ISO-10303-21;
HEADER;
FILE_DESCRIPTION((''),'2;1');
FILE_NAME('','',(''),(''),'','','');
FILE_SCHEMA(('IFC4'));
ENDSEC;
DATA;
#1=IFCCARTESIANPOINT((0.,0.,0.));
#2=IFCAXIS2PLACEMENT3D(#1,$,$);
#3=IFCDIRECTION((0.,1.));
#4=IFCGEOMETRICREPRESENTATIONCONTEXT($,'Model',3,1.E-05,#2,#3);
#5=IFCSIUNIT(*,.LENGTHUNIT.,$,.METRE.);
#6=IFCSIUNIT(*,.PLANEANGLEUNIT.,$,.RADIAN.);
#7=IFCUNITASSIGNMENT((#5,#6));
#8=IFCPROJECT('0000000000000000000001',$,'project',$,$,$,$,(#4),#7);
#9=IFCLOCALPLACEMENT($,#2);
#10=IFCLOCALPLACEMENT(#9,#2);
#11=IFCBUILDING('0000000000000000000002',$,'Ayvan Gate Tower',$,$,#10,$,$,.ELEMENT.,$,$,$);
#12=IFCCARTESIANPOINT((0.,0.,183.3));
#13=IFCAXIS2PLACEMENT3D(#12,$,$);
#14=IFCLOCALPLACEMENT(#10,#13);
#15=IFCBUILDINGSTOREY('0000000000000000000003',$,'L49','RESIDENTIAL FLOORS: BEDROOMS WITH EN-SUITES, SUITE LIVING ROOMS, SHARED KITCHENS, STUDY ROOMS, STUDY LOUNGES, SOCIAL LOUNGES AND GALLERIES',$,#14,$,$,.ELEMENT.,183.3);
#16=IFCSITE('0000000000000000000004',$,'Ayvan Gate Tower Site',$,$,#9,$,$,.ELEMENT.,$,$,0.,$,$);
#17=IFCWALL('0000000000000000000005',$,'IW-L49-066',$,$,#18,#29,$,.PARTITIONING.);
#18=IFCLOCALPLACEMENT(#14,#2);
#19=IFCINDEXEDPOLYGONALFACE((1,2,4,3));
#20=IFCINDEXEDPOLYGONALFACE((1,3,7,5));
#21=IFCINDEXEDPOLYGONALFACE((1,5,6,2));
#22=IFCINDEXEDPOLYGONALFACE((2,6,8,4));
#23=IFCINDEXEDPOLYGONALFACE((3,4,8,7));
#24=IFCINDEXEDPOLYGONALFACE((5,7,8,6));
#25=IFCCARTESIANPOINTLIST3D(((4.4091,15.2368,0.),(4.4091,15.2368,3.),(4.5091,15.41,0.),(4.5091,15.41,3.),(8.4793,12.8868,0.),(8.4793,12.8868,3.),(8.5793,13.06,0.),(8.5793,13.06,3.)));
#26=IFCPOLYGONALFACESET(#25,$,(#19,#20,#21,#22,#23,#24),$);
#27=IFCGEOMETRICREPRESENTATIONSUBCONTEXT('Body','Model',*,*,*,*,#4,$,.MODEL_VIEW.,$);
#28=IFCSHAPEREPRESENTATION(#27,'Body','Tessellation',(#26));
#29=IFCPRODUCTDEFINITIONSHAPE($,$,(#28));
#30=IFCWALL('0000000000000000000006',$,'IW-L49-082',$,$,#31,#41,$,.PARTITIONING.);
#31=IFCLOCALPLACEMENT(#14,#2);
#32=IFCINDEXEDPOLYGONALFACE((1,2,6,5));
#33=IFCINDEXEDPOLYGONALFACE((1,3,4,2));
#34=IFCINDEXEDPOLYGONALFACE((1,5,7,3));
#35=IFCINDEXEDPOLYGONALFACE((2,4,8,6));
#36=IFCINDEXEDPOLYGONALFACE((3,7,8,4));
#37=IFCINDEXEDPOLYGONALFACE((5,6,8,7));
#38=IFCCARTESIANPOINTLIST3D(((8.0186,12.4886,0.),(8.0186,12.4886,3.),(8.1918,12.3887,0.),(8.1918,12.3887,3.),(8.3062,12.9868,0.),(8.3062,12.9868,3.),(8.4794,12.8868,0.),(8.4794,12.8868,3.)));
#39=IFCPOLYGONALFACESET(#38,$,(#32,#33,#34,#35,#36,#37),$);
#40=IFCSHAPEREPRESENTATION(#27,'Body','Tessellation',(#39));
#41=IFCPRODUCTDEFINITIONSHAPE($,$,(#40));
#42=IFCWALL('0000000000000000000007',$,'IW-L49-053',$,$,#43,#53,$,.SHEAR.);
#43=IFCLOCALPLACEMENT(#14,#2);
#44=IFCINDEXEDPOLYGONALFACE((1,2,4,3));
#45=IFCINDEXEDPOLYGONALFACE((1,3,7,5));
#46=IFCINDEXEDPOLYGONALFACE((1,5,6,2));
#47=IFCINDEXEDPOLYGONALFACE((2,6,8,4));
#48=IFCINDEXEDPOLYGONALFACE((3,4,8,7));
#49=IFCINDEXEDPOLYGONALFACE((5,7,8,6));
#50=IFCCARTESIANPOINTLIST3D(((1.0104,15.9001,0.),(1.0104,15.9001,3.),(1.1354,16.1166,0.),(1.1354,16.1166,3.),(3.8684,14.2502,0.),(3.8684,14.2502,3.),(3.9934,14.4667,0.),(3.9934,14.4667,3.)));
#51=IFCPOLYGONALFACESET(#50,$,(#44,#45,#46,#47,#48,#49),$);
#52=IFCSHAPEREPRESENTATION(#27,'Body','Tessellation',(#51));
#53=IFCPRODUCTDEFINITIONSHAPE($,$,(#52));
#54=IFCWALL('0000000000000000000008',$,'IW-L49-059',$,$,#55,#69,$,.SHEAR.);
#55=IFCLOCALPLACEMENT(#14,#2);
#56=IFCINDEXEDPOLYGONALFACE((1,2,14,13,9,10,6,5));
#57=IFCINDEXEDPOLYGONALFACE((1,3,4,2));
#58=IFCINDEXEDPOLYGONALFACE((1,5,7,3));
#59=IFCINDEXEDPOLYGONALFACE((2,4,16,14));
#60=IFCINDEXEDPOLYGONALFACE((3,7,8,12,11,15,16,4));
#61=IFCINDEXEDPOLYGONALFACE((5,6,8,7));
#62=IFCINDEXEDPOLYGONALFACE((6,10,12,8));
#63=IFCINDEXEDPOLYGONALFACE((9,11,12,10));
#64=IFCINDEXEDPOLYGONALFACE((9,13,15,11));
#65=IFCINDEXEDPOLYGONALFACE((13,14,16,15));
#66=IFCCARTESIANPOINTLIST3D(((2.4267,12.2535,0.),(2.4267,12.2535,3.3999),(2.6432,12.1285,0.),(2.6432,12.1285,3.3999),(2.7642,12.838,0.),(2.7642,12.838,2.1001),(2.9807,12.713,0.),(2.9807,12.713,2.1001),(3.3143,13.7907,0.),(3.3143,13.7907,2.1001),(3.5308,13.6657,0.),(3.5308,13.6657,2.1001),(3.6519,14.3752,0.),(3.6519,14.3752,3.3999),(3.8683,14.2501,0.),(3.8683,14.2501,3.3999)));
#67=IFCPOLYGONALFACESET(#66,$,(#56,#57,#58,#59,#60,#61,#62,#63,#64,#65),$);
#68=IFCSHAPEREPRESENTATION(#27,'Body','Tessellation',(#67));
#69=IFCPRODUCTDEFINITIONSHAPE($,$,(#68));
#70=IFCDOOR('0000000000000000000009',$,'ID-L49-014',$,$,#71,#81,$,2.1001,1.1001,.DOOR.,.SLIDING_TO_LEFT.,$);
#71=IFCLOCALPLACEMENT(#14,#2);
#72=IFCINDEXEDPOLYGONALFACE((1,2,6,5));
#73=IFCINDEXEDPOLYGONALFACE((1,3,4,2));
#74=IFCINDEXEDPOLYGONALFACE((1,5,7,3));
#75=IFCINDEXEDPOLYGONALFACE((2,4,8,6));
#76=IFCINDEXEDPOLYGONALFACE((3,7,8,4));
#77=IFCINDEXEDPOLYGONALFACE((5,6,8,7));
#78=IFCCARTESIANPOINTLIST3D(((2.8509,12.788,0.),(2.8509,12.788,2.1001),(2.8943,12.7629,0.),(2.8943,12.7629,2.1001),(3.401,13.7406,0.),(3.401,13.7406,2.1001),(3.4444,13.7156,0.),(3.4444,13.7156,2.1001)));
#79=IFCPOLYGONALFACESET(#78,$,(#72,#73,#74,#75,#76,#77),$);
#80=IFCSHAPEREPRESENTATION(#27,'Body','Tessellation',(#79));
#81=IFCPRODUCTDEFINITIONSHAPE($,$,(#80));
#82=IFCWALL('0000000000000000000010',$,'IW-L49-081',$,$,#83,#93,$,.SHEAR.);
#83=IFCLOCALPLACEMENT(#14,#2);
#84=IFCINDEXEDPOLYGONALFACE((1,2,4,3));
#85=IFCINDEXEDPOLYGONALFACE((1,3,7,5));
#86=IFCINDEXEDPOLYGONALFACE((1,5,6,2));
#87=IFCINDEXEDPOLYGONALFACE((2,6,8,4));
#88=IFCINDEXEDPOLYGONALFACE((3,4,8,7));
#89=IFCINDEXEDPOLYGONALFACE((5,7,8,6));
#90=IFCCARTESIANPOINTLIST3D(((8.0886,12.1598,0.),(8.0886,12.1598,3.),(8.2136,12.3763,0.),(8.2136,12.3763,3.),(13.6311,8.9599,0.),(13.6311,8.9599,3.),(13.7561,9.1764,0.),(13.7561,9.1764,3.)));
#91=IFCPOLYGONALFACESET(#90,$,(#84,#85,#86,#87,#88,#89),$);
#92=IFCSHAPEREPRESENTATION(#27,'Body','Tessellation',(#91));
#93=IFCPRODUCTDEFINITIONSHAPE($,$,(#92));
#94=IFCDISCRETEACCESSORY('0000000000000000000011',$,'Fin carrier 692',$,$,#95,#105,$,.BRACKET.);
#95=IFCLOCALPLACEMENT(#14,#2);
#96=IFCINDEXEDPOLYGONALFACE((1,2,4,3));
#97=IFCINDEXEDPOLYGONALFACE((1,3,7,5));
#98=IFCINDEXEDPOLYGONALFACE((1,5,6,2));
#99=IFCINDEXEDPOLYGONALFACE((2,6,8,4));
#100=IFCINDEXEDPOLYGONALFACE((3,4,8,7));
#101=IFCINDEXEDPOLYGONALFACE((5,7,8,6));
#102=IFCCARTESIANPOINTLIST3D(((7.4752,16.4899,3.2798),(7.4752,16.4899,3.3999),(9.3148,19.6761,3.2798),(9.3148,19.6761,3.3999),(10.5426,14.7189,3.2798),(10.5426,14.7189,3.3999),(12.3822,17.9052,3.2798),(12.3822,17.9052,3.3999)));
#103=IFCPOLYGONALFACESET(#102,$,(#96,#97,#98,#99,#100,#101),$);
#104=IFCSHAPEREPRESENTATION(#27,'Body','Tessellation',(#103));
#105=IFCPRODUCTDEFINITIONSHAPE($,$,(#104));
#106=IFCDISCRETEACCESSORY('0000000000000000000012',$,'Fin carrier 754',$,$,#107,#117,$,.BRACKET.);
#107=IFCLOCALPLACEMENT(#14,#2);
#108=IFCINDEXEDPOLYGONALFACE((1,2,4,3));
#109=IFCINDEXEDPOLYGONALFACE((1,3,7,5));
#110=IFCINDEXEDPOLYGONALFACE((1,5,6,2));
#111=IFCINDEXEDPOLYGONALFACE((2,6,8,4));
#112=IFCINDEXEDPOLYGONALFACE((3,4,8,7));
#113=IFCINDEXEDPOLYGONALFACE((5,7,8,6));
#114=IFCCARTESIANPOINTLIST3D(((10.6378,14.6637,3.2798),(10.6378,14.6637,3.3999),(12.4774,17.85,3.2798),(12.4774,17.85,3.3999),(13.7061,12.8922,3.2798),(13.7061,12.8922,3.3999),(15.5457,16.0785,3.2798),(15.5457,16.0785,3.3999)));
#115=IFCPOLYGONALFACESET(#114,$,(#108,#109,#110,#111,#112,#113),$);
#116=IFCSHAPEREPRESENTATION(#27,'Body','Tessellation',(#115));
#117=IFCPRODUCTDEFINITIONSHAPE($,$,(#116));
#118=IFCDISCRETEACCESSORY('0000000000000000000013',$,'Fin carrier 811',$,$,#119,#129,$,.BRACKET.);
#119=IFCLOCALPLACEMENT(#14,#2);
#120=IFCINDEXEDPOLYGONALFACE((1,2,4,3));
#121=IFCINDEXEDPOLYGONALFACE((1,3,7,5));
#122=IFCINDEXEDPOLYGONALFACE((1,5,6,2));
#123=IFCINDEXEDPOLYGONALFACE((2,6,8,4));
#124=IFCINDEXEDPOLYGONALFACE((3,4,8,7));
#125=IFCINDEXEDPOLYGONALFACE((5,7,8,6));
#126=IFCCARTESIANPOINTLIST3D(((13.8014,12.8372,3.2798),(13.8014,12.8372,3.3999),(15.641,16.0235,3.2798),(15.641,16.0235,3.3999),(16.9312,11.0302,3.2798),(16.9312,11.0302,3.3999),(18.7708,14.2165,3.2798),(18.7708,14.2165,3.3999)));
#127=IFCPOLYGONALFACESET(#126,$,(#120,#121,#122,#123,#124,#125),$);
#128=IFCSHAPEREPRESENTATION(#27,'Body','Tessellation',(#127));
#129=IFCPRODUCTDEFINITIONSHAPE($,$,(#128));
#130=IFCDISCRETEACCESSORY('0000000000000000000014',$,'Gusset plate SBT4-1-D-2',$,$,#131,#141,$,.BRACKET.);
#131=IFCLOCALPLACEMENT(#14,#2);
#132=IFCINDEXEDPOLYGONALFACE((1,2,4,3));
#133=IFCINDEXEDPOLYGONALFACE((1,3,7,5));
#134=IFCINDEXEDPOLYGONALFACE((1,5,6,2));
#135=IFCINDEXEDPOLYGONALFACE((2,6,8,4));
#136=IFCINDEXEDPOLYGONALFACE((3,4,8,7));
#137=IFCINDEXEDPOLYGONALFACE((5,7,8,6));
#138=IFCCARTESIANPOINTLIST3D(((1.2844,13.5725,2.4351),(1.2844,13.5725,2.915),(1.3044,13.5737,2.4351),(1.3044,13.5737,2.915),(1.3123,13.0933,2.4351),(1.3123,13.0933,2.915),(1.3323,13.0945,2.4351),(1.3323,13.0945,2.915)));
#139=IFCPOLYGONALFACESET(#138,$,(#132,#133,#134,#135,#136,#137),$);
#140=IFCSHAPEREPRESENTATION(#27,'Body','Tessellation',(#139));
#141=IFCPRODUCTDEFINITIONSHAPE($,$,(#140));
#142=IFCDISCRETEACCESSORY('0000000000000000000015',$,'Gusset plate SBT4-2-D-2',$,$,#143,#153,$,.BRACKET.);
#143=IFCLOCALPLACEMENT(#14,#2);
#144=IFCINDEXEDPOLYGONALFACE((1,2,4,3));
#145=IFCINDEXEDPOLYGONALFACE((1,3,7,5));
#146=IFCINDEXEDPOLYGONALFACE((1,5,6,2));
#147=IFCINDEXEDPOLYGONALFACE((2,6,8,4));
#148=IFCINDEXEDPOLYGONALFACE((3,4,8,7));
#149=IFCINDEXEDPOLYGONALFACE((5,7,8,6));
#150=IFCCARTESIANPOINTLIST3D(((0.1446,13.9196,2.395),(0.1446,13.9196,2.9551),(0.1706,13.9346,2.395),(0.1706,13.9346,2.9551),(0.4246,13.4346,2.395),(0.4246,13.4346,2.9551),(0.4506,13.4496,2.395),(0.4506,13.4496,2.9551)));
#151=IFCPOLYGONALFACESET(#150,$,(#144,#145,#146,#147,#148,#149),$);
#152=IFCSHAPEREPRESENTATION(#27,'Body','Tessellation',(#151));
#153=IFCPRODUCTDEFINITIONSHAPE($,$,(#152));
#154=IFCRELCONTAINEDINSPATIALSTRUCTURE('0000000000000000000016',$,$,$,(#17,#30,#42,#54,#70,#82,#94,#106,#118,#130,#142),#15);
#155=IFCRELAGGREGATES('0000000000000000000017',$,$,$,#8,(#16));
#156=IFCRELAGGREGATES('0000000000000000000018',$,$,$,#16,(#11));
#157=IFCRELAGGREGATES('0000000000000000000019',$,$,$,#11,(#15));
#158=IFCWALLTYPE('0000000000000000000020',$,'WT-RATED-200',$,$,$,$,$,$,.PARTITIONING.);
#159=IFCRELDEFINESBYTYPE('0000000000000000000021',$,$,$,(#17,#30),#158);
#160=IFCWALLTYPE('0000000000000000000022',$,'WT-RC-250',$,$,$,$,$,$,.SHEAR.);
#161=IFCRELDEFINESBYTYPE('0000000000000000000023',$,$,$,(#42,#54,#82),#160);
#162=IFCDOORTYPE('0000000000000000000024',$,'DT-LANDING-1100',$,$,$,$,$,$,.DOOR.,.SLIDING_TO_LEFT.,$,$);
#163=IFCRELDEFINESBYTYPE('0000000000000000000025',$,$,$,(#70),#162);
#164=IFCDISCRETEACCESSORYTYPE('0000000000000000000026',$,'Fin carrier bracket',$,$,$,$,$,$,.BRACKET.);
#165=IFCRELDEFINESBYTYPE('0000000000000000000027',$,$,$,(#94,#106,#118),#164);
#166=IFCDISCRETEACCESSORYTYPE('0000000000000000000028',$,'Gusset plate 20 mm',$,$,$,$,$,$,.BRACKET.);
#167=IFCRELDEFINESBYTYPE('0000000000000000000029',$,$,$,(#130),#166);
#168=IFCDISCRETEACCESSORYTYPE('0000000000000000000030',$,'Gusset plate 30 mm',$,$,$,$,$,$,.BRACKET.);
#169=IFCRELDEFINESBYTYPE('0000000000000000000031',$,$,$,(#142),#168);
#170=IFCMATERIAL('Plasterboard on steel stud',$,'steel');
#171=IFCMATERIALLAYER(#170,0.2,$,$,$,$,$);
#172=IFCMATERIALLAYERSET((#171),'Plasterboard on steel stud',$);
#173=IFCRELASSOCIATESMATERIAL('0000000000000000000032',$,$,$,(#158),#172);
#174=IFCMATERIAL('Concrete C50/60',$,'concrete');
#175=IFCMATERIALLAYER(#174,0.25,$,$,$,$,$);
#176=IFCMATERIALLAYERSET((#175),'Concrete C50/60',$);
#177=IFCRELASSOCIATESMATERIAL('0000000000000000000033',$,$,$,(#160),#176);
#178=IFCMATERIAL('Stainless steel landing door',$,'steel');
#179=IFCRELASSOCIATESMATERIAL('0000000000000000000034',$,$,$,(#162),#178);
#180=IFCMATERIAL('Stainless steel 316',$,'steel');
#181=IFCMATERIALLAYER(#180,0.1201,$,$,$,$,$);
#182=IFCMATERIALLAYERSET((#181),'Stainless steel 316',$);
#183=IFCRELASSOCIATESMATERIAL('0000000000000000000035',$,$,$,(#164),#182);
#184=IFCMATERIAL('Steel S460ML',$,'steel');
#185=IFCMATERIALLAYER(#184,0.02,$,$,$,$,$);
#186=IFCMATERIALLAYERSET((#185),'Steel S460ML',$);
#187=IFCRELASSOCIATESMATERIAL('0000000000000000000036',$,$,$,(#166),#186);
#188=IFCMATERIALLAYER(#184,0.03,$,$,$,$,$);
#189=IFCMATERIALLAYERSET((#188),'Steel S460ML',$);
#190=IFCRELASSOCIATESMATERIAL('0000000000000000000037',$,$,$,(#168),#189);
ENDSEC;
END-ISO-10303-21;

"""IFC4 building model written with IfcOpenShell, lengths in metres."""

from ifc_helpers import new_model, si_unit, direction, frame, frame_2d, origin, origin_2d, place, context, subcontext, project, spatial, rectangle, extrude, material, layer, layer_set, type_object, element, fill, save


model = new_model("IFC4")

# Units and contexts
model_context = context("Model", 3, precision=1e-05, world=origin(), true_north=direction((0.0, 1.0)))
body_context = subcontext(model_context, "Body", "Model", "MODEL_VIEW")
ifc_project = project(units=[si_unit("LENGTHUNIT", "METRE"), si_unit("PLANEANGLEUNIT", "RADIAN")], contexts=[model_context])

# Site, building, storey
site_placement = place(None, origin())
site = spatial("IfcSite", under=ifc_project, at=site_placement, Name="Ayvan Gate Tower Site", CompositionType="ELEMENT", RefElevation=0.0)
building_placement = place(site_placement, origin())
building = spatial("IfcBuilding", under=site, at=building_placement, Name="Ayvan Gate Tower", CompositionType="ELEMENT")
storey_placement = place(building_placement, frame((0.0, 0.0, 183.3)))
storey = spatial("IfcBuildingStorey", under=building, at=storey_placement, Name="L49", Description="RESIDENTIAL FLOORS: BEDROOMS WITH EN-SUITES, SUITE LIVING ROOMS, SHARED KITCHENS, STUDY ROOMS, STUDY LOUNGES, SOCIAL LOUNGES AND GALLERIES", CompositionType="ELEMENT", Elevation=183.3)

# Walls
ifc_material_1 = material(Name="Plasterboard on steel stud", Category="steel")
ifc_layer_1 = layer(ifc_material_1, 0.2)
ifc_layer_set_1 = layer_set([ifc_layer_1], Name="Plasterboard on steel stud")
wall_type_1 = type_object("IfcWallType", Name="WT-RATED-200", PredefinedType="PARTITIONING", material=ifc_layer_set_1)
wall_1_placement = place(storey_placement, frame((4.459, 15.3235, 0.0), z_axis=(0.0, 0.0, 1.0), x_axis=(0.866016, -0.500016, 0.0)))
element("IfcWall", 1, at=wall_1_placement, inside=storey, type_object=wall_type_1, Name="IW-L49-066", PredefinedType="PARTITIONING", context=body_context, shape_type="SweptSolid", body=[
    extrude(rectangle(XDim=4.7, YDim=0.2, at=frame_2d((2.3501, 0.0))), origin(), (0.0, 0.0, 1.0), 3.0),
])
wall_2_placement = place(storey_placement, frame((8.3928, 12.9368, 0.0), z_axis=(0.0, 0.0, 1.0), x_axis=(-0.500065, -0.865988, 0.0)))
element("IfcWall", 2, at=wall_2_placement, inside=storey, type_object=wall_type_1, Name="IW-L49-082", PredefinedType="PARTITIONING", context=body_context, shape_type="SweptSolid", body=[
    extrude(rectangle(XDim=0.5752, YDim=0.2, at=frame_2d((0.2876, 0.0))), origin(), (0.0, 0.0, 1.0), 3.0),
])
ifc_material_2 = material(Name="Concrete C50/60", Category="concrete")
ifc_layer_2 = layer(ifc_material_2, 0.25)
ifc_layer_set_2 = layer_set([ifc_layer_2], Name="Concrete C50/60")
wall_type_2 = type_object("IfcWallType", Name="WT-RC-250", PredefinedType="SHEAR", material=ifc_layer_set_2)
wall_3_placement = place(storey_placement, frame((1.073, 16.0083, 0.0), z_axis=(0.0, 0.0, 1.0), x_axis=(0.86604, -0.499974, 0.0)))
element("IfcWall", 3, at=wall_3_placement, inside=storey, type_object=wall_type_2, Name="IW-L49-053", PredefinedType="SHEAR", context=body_context, shape_type="SweptSolid", body=[
    extrude(rectangle(XDim=3.3, YDim=0.25, at=frame_2d((1.6499, 0.0))), origin(), (0.0, 0.0, 1.0), 3.0),
])

# Wall, opening, door
wall_4_placement = place(storey_placement, frame((2.5349, 12.1909, 0.0), z_axis=(0.0, 0.0, 1.0), x_axis=(0.500062, 0.86599, 0.0)))
wall_4 = element("IfcWall", 4, at=wall_4_placement, inside=storey, type_object=wall_type_2, Name="IW-L49-059", PredefinedType="SHEAR", context=body_context, shape_type="SweptSolid", body=[
    extrude(rectangle(XDim=2.45, YDim=0.25, at=frame_2d((1.2251, 0.0))), origin(), (0.0, 0.0, 1.0), 3.3999),
])
opening_placement = place(wall_4_placement, frame((0.675, 0.0, 0.0)))
opening = element("IfcOpeningElement", 5, at=opening_placement, cuts=wall_4, PredefinedType="OPENING", context=body_context, shape_type="SweptSolid", body=[
    extrude(rectangle(XDim=1.1001, YDim=2.1001, at=frame_2d((0.55, 1.05))), frame((0.0, 0.135, 0.0), z_axis=(0.0, -1.0, 0.0), x_axis=(1.0, 0.0, 0.0)), (0.0, 0.0, 1.0), 0.27),
])
ifc_material_3 = material(Name="Stainless steel landing door", Category="steel")
door_type = type_object("IfcDoorType", Name="DT-LANDING-1100", OperationType="SLIDING_TO_LEFT", PredefinedType="DOOR", material=ifc_material_3)
door_placement = place(opening_placement, origin())
door = element("IfcDoor", 6, at=door_placement, inside=storey, type_object=door_type, Name="ID-L49-014", OperationType="SLIDING_TO_LEFT", OverallHeight=2.1001, OverallWidth=1.1001, PredefinedType="DOOR", context=body_context, shape_type="SweptSolid", body=[
    extrude(rectangle(XDim=1.1001, YDim=2.1001, at=frame_2d((0.55, 1.05))), frame((0.0, 0.0249, 0.0), z_axis=(0.0, -1.0, 0.0), x_axis=(1.0, 0.0, 0.0)), (0.0, 0.0, 1.0), 0.05),
])
fill(opening, door)

# Wall
wall_5_placement = place(storey_placement, frame((8.1511, 12.2681, 0.0), z_axis=(0.0, 0.0, 1.0), x_axis=(0.866025, -0.5, 0.0)))
element("IfcWall", 7, at=wall_5_placement, inside=storey, type_object=wall_type_2, Name="IW-L49-081", PredefinedType="SHEAR", context=body_context, shape_type="SweptSolid", body=[
    extrude(rectangle(XDim=6.3999, YDim=0.25, at=frame_2d((3.2, 0.0))), origin(), (0.0, 0.0, 1.0), 3.0),
])

# Discrete accessories
ifc_material_4 = material(Name="Stainless steel 316", Category="steel")
ifc_layer_3 = layer(ifc_material_4, 0.1201)
ifc_layer_set_3 = layer_set([ifc_layer_3], Name="Stainless steel 316")
discrete_accessory_type_1 = type_object("IfcDiscreteAccessoryType", Name="Fin carrier bracket", PredefinedType="BRACKET", material=ifc_layer_set_3)
discrete_accessory_1_placement = place(storey_placement, frame((9.9287, 17.1975, 3.2798), z_axis=(0.0, 0.0, 1.0), x_axis=(-0.866025, 0.5, 0.0)))
element("IfcDiscreteAccessory", 8, at=discrete_accessory_1_placement, inside=storey, type_object=discrete_accessory_type_1, Name="Fin carrier 692", PredefinedType="BRACKET", context=body_context, shape_type="SweptSolid", body=[
    extrude(rectangle(XDim=3.542, YDim=3.6792, at=origin_2d()), origin(), (0.0, 0.0, 1.0), 0.1201),
])
discrete_accessory_2_placement = place(storey_placement, frame((13.0918, 15.3711, 3.2798), z_axis=(0.0, 0.0, 1.0), x_axis=(-0.866025, 0.5, 0.0)))
element("IfcDiscreteAccessory", 9, at=discrete_accessory_2_placement, inside=storey, type_object=discrete_accessory_type_1, Name="Fin carrier 754", PredefinedType="BRACKET", context=body_context, shape_type="SweptSolid", body=[
    extrude(rectangle(XDim=3.543, YDim=3.6792, at=origin_2d()), origin(), (0.0, 0.0, 1.0), 0.1201),
])
discrete_accessory_3_placement = place(storey_placement, frame((16.2861, 13.5269, 3.2798), z_axis=(0.0, 0.0, 1.0), x_axis=(-0.866025, 0.5, 0.0)))
element("IfcDiscreteAccessory", 10, at=discrete_accessory_3_placement, inside=storey, type_object=discrete_accessory_type_1, Name="Fin carrier 811", PredefinedType="BRACKET", context=body_context, shape_type="SweptSolid", body=[
    extrude(rectangle(XDim=3.614, YDim=3.6792, at=origin_2d()), origin(), (0.0, 0.0, 1.0), 0.1201),
])
ifc_material_5 = material(Name="Steel S460ML", Category="steel")
ifc_layer_4 = layer(ifc_material_5, 0.02)
ifc_layer_set_4 = layer_set([ifc_layer_4], Name="Steel S460ML")
discrete_accessory_type_2 = type_object("IfcDiscreteAccessoryType", Name="Gusset plate 20 mm", PredefinedType="BRACKET", material=ifc_layer_set_4)
discrete_accessory_4_placement = place(storey_placement, frame((1.3083, 13.3335, 2.4351), z_axis=(0.0, 0.0, 1.0), x_axis=(-0.058021, 0.998315, 0.0)))
element("IfcDiscreteAccessory", 11, at=discrete_accessory_4_placement, inside=storey, type_object=discrete_accessory_type_2, Name="Gusset plate SBT4-1-D-2", PredefinedType="BRACKET", context=body_context, shape_type="SweptSolid", body=[
    extrude(rectangle(XDim=0.48, YDim=0.02, at=origin_2d()), origin(), (0.0, 0.0, 1.0), 0.48),
])
ifc_layer_5 = layer(ifc_material_5, 0.03)
ifc_layer_set_5 = layer_set([ifc_layer_5], Name="Steel S460ML")
discrete_accessory_type_3 = type_object("IfcDiscreteAccessoryType", Name="Gusset plate 30 mm", PredefinedType="BRACKET", material=ifc_layer_set_5)
discrete_accessory_5_placement = place(storey_placement, frame((0.2976, 13.6846, 2.395), z_axis=(0.0, 0.0, 1.0), x_axis=(-0.5, 0.866025, 0.0)))
element("IfcDiscreteAccessory", 12, at=discrete_accessory_5_placement, inside=storey, type_object=discrete_accessory_type_3, Name="Gusset plate SBT4-2-D-2", PredefinedType="BRACKET", context=body_context, shape_type="SweptSolid", body=[
    extrude(rectangle(XDim=0.5601, YDim=0.03, at=origin_2d()), origin(), (0.0, 0.0, 1.0), 0.5601),
])

save(model, "model.ifc")
